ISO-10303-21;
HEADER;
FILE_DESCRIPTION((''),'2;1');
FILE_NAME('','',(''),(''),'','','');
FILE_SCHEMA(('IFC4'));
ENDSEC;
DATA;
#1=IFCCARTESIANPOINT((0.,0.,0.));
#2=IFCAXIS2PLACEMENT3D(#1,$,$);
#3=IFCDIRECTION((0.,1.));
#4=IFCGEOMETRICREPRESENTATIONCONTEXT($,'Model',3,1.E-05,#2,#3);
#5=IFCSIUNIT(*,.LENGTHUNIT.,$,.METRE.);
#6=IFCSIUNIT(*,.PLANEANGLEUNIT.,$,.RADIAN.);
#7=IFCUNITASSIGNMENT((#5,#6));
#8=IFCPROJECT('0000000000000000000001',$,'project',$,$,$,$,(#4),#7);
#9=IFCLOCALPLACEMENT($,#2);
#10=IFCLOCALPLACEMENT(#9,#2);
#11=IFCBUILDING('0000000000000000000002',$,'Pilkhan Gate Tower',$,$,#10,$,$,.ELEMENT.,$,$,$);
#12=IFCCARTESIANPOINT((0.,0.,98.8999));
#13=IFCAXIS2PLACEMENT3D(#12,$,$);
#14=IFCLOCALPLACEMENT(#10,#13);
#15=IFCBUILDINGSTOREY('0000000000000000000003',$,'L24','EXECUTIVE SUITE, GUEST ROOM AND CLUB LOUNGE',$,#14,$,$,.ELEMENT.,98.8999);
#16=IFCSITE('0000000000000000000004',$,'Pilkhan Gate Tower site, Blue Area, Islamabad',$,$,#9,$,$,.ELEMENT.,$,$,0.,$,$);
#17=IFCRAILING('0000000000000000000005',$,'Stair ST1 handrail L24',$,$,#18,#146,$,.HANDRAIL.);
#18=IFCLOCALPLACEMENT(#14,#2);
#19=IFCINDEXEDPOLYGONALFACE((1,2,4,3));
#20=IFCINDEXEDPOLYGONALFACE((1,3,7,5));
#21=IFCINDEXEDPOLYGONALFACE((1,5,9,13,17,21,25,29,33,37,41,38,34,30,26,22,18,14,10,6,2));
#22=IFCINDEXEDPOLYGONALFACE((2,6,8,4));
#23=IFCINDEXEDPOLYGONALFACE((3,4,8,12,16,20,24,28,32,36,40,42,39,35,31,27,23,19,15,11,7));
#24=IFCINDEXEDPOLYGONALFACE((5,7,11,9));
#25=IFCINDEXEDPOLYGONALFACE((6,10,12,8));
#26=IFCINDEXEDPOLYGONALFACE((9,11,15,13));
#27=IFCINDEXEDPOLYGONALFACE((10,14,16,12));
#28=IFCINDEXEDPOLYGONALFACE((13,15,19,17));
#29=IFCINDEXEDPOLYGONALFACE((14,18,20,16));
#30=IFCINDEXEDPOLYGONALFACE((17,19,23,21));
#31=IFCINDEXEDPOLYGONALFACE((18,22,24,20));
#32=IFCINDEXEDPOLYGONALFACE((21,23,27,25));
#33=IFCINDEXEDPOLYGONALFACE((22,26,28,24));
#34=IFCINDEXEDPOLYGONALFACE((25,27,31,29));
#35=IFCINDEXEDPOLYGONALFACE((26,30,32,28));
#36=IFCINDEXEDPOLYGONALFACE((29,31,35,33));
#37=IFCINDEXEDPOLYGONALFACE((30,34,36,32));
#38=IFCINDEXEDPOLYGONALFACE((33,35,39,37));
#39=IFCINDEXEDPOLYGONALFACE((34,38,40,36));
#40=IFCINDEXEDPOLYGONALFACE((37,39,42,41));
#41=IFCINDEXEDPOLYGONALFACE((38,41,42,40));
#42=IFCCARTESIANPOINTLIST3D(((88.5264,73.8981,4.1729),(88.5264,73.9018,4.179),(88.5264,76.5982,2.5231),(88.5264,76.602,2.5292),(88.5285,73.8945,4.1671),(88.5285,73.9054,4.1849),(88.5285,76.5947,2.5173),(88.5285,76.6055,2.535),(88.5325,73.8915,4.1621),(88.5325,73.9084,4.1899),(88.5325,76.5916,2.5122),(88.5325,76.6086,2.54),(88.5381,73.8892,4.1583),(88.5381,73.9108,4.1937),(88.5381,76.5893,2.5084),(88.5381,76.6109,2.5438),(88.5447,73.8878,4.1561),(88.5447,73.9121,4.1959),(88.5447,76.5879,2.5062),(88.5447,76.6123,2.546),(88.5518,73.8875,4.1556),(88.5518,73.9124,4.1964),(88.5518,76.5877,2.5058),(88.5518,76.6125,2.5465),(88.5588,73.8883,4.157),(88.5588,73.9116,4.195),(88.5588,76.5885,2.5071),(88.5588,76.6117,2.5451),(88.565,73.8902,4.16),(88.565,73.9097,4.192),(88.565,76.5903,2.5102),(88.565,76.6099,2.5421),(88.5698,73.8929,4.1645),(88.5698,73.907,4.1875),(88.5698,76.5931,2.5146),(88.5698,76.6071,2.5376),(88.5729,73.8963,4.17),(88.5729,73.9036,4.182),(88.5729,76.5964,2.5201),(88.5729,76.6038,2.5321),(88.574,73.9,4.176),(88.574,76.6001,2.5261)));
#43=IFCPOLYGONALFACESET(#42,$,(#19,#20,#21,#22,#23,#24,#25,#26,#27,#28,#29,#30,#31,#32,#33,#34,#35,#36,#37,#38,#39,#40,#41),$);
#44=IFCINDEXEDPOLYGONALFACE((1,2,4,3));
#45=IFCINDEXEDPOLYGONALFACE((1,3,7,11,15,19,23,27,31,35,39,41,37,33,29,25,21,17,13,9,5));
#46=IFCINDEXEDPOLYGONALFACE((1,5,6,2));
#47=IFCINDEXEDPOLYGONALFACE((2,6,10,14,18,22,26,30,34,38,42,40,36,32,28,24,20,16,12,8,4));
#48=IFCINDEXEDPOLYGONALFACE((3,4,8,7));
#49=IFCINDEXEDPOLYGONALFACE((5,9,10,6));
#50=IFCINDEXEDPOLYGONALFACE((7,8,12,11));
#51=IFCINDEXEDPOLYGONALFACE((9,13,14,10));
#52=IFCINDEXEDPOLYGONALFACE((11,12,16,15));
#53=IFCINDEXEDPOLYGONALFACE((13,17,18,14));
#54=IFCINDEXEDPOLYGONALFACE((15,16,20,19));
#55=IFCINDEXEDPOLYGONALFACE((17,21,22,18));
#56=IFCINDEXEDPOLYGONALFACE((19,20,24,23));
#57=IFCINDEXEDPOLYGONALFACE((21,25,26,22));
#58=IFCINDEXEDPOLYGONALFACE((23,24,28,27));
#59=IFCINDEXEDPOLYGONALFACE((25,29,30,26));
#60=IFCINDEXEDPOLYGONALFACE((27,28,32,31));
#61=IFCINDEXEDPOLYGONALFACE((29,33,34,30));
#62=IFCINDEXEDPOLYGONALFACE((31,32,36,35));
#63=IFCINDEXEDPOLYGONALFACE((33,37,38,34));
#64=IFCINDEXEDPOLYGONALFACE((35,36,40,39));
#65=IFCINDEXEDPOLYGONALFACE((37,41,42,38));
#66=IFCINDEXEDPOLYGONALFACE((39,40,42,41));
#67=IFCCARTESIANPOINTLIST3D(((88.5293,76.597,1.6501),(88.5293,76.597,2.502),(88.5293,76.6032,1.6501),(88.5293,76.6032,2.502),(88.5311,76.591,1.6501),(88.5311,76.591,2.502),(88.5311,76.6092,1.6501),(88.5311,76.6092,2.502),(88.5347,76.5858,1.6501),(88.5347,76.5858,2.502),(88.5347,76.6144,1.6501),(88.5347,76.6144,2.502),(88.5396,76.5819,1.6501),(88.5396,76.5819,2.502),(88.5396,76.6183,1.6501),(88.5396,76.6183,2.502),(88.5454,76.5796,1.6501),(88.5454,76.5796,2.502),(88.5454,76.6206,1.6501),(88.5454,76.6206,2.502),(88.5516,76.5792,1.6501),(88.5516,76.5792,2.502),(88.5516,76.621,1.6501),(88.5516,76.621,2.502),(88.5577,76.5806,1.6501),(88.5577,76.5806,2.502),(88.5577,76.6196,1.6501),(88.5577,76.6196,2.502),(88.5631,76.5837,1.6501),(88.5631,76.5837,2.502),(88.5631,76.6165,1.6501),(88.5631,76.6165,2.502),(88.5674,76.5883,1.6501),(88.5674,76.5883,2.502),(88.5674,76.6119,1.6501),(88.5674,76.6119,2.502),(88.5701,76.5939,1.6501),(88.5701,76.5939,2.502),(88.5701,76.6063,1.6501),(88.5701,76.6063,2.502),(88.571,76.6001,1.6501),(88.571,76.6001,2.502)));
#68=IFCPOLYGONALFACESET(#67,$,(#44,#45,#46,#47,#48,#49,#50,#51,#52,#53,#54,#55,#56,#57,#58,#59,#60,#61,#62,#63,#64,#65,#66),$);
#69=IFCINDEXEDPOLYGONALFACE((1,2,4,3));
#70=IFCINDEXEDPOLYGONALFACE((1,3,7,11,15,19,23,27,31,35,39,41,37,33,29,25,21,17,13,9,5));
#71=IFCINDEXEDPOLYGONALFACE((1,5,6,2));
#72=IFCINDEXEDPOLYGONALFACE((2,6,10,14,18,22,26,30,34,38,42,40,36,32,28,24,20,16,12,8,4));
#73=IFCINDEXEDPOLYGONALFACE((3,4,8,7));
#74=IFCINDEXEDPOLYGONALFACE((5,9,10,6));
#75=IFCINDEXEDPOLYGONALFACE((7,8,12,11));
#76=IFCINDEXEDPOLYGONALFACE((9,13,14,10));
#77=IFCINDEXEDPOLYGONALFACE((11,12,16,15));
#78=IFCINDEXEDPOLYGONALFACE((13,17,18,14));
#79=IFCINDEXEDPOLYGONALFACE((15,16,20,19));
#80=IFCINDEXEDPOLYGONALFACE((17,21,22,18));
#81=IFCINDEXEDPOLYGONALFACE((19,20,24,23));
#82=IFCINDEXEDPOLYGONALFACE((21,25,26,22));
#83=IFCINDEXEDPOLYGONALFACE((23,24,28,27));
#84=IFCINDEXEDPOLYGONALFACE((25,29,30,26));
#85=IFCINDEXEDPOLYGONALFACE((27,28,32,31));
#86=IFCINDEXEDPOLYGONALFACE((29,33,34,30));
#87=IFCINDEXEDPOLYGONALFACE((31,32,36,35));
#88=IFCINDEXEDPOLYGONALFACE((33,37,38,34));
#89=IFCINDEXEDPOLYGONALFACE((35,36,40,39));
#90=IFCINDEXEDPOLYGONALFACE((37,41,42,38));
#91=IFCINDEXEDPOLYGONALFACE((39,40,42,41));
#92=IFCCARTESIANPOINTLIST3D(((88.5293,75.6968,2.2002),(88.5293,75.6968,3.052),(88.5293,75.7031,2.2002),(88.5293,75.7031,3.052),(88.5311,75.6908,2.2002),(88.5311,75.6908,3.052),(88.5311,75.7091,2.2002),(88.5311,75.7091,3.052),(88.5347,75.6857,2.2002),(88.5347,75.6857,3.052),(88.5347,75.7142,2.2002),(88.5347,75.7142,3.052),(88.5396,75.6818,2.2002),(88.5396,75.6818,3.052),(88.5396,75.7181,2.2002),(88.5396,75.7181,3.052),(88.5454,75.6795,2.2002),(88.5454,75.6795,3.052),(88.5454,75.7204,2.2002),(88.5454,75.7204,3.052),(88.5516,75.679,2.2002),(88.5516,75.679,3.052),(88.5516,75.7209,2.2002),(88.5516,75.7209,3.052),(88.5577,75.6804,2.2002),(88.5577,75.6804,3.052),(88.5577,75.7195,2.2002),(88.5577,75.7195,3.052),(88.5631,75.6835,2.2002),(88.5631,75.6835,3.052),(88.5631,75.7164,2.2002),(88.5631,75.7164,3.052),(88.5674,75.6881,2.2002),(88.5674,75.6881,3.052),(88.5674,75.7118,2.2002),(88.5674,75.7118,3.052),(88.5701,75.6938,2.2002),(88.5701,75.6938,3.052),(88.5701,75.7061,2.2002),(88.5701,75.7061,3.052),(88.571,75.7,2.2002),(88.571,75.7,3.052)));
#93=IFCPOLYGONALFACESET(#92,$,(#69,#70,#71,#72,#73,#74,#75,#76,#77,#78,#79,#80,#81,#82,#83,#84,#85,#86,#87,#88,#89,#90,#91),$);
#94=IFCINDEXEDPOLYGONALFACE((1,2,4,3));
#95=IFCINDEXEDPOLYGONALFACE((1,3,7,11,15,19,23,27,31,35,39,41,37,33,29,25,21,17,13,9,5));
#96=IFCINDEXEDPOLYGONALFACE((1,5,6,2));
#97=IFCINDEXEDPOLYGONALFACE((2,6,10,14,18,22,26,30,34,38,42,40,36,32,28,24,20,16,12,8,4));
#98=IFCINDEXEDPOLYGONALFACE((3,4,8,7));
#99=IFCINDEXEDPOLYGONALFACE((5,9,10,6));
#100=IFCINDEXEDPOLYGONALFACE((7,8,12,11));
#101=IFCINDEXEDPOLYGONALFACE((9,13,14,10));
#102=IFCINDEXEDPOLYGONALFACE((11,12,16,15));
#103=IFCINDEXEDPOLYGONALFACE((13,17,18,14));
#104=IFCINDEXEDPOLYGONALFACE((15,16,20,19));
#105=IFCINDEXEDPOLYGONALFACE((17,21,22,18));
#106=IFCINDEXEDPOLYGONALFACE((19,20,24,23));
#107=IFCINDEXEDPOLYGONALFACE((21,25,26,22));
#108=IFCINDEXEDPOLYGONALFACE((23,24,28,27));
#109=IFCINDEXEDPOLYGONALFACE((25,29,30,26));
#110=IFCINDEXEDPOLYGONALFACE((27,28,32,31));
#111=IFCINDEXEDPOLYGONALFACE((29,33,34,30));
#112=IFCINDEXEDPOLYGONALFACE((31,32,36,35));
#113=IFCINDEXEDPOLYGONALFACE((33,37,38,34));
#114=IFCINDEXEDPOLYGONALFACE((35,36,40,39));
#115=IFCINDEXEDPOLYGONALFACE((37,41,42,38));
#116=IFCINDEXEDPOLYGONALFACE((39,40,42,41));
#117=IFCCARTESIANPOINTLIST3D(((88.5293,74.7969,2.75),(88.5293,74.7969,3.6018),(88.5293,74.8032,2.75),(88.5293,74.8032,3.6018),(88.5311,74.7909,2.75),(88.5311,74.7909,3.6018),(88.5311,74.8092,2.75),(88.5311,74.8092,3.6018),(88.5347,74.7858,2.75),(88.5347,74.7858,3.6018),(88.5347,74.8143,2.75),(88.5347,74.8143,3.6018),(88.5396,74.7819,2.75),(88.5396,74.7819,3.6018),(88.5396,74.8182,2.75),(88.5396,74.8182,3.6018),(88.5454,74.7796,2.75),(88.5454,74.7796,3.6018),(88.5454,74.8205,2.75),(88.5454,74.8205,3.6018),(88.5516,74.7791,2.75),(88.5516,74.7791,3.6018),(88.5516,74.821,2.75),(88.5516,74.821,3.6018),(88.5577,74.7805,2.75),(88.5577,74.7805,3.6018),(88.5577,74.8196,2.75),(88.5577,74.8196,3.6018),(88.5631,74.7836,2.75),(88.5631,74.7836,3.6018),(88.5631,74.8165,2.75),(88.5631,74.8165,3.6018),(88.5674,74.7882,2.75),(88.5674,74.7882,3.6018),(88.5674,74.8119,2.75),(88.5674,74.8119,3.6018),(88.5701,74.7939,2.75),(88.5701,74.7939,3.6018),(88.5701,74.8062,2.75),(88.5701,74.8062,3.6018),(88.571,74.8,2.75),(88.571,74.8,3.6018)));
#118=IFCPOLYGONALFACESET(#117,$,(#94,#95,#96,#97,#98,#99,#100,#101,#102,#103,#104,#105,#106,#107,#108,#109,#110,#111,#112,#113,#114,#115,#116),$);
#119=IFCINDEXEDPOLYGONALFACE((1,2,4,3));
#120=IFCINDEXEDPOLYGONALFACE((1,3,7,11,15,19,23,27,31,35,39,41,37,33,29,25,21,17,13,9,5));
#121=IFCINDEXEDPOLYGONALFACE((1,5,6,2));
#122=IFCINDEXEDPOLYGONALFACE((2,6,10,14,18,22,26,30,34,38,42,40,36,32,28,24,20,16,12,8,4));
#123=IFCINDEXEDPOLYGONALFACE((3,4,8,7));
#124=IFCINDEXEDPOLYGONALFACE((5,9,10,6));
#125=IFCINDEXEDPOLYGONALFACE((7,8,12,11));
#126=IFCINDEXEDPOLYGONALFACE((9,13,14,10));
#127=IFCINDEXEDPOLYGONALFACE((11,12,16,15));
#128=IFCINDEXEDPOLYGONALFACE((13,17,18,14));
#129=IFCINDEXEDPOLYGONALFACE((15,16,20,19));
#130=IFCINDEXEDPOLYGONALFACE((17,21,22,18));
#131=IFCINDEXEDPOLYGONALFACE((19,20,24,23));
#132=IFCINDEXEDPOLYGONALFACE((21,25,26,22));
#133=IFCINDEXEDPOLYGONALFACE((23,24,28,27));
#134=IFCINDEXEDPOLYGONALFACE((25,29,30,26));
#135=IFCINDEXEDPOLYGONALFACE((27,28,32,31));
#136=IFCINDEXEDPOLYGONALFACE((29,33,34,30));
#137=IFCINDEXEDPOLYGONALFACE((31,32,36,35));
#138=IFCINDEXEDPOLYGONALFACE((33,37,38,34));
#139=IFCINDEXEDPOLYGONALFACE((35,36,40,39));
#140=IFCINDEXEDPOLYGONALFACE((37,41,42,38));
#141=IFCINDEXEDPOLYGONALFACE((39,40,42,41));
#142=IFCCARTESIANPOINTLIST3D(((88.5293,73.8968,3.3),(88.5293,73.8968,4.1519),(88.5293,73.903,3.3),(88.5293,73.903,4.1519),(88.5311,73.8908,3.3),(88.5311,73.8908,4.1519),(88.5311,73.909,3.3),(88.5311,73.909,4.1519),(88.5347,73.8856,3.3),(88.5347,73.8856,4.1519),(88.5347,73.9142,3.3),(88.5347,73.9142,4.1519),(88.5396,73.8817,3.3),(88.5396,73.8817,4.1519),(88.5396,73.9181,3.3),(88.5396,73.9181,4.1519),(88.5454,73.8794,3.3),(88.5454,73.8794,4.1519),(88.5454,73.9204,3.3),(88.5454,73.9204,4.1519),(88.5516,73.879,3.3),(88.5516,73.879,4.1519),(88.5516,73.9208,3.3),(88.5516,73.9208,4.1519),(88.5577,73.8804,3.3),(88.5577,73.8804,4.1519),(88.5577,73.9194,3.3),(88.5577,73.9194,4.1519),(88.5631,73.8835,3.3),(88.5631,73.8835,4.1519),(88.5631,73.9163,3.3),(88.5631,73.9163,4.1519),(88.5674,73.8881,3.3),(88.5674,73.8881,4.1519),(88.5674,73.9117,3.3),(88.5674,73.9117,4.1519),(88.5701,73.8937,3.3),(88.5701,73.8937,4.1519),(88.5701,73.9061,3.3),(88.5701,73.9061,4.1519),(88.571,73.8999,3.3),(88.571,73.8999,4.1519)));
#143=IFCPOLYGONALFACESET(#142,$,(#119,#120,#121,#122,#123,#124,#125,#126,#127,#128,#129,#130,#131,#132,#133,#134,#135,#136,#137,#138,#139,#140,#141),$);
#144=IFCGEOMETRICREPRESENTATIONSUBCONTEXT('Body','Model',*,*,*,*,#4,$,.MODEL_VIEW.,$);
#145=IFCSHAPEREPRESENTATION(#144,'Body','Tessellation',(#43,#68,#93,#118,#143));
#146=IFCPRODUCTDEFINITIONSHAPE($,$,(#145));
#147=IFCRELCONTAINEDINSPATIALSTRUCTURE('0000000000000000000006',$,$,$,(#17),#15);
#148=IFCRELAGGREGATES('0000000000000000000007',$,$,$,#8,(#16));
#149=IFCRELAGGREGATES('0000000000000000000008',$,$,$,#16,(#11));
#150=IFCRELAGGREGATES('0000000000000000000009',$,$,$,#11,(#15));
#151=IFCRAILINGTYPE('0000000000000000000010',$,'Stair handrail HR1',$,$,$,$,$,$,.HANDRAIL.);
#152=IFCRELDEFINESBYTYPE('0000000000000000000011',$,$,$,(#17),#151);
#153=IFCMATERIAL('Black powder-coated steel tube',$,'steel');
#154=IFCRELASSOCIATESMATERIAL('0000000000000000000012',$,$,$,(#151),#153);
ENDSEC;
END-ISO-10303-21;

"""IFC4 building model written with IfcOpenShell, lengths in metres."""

from ifc_helpers import new_model, si_unit, direction, frame, origin, origin_2d, place, context, subcontext, project, spatial, circle, extrude, material, type_object, element, save


model = new_model("IFC4")

# Units and contexts
model_context = context("Model", 3, precision=1e-05, world=origin(), true_north=direction((0.0, 1.0)))
body_context = subcontext(model_context, "Body", "Model", "MODEL_VIEW")
ifc_project = project(units=[si_unit("LENGTHUNIT", "METRE"), si_unit("PLANEANGLEUNIT", "RADIAN")], contexts=[model_context])

# Site, building, storey
site_placement = place(None, origin())
site = spatial("IfcSite", under=ifc_project, at=site_placement, Name="Pilkhan Gate Tower site, Blue Area, Islamabad", CompositionType="ELEMENT", RefElevation=0.0)
building_placement = place(site_placement, origin())
building = spatial("IfcBuilding", under=site, at=building_placement, Name="Pilkhan Gate Tower", CompositionType="ELEMENT")
storey_placement = place(building_placement, frame((0.0, 0.0, 98.8999)))
storey = spatial("IfcBuildingStorey", under=building, at=storey_placement, Name="L24", Description="EXECUTIVE SUITE, GUEST ROOM AND CLUB LOUNGE", CompositionType="ELEMENT", Elevation=98.8999)

# Railing
ifc_material_1 = material(Name="Black powder-coated steel tube", Category="steel")
railing_type_1 = type_object("IfcRailingType", Name="Stair handrail HR1", PredefinedType="HANDRAIL", material=ifc_material_1)
railing_1_placement = place(storey_placement, frame((88.55, 76.6001, 1.6501)))
element("IfcRailing", 1, at=railing_1_placement, inside=storey, type_object=railing_type_1, Name="Stair ST1 handrail L24", PredefinedType="HANDRAIL", context=body_context, shape_type="SweptSolid", body=[
    extrude(circle(Radius=0.0239, at=origin_2d()), frame((0.0, 0.0, 0.876), z_axis=(0.0, -0.853312, 0.5214), x_axis=(1.0, 0.0, 0.0)), (0.0, 0.0, 1.0), 3.1643),
    extrude(circle(Radius=0.021, at=origin_2d()), origin(), (0.0, 0.0, 1.0), 0.8518),
    extrude(circle(Radius=0.021, at=origin_2d()), frame((0.0, -0.9001, 0.55)), (0.0, 0.0, 1.0), 0.8518),
    extrude(circle(Radius=0.021, at=origin_2d()), frame((0.0, -1.8, 1.0999)), (0.0, 0.0, 1.0), 0.8518),
    extrude(circle(Radius=0.021, at=origin_2d()), frame((0.0, -2.7002, 1.6499)), (0.0, 0.0, 1.0), 0.8518),
])

save(model, "model.ifc")
